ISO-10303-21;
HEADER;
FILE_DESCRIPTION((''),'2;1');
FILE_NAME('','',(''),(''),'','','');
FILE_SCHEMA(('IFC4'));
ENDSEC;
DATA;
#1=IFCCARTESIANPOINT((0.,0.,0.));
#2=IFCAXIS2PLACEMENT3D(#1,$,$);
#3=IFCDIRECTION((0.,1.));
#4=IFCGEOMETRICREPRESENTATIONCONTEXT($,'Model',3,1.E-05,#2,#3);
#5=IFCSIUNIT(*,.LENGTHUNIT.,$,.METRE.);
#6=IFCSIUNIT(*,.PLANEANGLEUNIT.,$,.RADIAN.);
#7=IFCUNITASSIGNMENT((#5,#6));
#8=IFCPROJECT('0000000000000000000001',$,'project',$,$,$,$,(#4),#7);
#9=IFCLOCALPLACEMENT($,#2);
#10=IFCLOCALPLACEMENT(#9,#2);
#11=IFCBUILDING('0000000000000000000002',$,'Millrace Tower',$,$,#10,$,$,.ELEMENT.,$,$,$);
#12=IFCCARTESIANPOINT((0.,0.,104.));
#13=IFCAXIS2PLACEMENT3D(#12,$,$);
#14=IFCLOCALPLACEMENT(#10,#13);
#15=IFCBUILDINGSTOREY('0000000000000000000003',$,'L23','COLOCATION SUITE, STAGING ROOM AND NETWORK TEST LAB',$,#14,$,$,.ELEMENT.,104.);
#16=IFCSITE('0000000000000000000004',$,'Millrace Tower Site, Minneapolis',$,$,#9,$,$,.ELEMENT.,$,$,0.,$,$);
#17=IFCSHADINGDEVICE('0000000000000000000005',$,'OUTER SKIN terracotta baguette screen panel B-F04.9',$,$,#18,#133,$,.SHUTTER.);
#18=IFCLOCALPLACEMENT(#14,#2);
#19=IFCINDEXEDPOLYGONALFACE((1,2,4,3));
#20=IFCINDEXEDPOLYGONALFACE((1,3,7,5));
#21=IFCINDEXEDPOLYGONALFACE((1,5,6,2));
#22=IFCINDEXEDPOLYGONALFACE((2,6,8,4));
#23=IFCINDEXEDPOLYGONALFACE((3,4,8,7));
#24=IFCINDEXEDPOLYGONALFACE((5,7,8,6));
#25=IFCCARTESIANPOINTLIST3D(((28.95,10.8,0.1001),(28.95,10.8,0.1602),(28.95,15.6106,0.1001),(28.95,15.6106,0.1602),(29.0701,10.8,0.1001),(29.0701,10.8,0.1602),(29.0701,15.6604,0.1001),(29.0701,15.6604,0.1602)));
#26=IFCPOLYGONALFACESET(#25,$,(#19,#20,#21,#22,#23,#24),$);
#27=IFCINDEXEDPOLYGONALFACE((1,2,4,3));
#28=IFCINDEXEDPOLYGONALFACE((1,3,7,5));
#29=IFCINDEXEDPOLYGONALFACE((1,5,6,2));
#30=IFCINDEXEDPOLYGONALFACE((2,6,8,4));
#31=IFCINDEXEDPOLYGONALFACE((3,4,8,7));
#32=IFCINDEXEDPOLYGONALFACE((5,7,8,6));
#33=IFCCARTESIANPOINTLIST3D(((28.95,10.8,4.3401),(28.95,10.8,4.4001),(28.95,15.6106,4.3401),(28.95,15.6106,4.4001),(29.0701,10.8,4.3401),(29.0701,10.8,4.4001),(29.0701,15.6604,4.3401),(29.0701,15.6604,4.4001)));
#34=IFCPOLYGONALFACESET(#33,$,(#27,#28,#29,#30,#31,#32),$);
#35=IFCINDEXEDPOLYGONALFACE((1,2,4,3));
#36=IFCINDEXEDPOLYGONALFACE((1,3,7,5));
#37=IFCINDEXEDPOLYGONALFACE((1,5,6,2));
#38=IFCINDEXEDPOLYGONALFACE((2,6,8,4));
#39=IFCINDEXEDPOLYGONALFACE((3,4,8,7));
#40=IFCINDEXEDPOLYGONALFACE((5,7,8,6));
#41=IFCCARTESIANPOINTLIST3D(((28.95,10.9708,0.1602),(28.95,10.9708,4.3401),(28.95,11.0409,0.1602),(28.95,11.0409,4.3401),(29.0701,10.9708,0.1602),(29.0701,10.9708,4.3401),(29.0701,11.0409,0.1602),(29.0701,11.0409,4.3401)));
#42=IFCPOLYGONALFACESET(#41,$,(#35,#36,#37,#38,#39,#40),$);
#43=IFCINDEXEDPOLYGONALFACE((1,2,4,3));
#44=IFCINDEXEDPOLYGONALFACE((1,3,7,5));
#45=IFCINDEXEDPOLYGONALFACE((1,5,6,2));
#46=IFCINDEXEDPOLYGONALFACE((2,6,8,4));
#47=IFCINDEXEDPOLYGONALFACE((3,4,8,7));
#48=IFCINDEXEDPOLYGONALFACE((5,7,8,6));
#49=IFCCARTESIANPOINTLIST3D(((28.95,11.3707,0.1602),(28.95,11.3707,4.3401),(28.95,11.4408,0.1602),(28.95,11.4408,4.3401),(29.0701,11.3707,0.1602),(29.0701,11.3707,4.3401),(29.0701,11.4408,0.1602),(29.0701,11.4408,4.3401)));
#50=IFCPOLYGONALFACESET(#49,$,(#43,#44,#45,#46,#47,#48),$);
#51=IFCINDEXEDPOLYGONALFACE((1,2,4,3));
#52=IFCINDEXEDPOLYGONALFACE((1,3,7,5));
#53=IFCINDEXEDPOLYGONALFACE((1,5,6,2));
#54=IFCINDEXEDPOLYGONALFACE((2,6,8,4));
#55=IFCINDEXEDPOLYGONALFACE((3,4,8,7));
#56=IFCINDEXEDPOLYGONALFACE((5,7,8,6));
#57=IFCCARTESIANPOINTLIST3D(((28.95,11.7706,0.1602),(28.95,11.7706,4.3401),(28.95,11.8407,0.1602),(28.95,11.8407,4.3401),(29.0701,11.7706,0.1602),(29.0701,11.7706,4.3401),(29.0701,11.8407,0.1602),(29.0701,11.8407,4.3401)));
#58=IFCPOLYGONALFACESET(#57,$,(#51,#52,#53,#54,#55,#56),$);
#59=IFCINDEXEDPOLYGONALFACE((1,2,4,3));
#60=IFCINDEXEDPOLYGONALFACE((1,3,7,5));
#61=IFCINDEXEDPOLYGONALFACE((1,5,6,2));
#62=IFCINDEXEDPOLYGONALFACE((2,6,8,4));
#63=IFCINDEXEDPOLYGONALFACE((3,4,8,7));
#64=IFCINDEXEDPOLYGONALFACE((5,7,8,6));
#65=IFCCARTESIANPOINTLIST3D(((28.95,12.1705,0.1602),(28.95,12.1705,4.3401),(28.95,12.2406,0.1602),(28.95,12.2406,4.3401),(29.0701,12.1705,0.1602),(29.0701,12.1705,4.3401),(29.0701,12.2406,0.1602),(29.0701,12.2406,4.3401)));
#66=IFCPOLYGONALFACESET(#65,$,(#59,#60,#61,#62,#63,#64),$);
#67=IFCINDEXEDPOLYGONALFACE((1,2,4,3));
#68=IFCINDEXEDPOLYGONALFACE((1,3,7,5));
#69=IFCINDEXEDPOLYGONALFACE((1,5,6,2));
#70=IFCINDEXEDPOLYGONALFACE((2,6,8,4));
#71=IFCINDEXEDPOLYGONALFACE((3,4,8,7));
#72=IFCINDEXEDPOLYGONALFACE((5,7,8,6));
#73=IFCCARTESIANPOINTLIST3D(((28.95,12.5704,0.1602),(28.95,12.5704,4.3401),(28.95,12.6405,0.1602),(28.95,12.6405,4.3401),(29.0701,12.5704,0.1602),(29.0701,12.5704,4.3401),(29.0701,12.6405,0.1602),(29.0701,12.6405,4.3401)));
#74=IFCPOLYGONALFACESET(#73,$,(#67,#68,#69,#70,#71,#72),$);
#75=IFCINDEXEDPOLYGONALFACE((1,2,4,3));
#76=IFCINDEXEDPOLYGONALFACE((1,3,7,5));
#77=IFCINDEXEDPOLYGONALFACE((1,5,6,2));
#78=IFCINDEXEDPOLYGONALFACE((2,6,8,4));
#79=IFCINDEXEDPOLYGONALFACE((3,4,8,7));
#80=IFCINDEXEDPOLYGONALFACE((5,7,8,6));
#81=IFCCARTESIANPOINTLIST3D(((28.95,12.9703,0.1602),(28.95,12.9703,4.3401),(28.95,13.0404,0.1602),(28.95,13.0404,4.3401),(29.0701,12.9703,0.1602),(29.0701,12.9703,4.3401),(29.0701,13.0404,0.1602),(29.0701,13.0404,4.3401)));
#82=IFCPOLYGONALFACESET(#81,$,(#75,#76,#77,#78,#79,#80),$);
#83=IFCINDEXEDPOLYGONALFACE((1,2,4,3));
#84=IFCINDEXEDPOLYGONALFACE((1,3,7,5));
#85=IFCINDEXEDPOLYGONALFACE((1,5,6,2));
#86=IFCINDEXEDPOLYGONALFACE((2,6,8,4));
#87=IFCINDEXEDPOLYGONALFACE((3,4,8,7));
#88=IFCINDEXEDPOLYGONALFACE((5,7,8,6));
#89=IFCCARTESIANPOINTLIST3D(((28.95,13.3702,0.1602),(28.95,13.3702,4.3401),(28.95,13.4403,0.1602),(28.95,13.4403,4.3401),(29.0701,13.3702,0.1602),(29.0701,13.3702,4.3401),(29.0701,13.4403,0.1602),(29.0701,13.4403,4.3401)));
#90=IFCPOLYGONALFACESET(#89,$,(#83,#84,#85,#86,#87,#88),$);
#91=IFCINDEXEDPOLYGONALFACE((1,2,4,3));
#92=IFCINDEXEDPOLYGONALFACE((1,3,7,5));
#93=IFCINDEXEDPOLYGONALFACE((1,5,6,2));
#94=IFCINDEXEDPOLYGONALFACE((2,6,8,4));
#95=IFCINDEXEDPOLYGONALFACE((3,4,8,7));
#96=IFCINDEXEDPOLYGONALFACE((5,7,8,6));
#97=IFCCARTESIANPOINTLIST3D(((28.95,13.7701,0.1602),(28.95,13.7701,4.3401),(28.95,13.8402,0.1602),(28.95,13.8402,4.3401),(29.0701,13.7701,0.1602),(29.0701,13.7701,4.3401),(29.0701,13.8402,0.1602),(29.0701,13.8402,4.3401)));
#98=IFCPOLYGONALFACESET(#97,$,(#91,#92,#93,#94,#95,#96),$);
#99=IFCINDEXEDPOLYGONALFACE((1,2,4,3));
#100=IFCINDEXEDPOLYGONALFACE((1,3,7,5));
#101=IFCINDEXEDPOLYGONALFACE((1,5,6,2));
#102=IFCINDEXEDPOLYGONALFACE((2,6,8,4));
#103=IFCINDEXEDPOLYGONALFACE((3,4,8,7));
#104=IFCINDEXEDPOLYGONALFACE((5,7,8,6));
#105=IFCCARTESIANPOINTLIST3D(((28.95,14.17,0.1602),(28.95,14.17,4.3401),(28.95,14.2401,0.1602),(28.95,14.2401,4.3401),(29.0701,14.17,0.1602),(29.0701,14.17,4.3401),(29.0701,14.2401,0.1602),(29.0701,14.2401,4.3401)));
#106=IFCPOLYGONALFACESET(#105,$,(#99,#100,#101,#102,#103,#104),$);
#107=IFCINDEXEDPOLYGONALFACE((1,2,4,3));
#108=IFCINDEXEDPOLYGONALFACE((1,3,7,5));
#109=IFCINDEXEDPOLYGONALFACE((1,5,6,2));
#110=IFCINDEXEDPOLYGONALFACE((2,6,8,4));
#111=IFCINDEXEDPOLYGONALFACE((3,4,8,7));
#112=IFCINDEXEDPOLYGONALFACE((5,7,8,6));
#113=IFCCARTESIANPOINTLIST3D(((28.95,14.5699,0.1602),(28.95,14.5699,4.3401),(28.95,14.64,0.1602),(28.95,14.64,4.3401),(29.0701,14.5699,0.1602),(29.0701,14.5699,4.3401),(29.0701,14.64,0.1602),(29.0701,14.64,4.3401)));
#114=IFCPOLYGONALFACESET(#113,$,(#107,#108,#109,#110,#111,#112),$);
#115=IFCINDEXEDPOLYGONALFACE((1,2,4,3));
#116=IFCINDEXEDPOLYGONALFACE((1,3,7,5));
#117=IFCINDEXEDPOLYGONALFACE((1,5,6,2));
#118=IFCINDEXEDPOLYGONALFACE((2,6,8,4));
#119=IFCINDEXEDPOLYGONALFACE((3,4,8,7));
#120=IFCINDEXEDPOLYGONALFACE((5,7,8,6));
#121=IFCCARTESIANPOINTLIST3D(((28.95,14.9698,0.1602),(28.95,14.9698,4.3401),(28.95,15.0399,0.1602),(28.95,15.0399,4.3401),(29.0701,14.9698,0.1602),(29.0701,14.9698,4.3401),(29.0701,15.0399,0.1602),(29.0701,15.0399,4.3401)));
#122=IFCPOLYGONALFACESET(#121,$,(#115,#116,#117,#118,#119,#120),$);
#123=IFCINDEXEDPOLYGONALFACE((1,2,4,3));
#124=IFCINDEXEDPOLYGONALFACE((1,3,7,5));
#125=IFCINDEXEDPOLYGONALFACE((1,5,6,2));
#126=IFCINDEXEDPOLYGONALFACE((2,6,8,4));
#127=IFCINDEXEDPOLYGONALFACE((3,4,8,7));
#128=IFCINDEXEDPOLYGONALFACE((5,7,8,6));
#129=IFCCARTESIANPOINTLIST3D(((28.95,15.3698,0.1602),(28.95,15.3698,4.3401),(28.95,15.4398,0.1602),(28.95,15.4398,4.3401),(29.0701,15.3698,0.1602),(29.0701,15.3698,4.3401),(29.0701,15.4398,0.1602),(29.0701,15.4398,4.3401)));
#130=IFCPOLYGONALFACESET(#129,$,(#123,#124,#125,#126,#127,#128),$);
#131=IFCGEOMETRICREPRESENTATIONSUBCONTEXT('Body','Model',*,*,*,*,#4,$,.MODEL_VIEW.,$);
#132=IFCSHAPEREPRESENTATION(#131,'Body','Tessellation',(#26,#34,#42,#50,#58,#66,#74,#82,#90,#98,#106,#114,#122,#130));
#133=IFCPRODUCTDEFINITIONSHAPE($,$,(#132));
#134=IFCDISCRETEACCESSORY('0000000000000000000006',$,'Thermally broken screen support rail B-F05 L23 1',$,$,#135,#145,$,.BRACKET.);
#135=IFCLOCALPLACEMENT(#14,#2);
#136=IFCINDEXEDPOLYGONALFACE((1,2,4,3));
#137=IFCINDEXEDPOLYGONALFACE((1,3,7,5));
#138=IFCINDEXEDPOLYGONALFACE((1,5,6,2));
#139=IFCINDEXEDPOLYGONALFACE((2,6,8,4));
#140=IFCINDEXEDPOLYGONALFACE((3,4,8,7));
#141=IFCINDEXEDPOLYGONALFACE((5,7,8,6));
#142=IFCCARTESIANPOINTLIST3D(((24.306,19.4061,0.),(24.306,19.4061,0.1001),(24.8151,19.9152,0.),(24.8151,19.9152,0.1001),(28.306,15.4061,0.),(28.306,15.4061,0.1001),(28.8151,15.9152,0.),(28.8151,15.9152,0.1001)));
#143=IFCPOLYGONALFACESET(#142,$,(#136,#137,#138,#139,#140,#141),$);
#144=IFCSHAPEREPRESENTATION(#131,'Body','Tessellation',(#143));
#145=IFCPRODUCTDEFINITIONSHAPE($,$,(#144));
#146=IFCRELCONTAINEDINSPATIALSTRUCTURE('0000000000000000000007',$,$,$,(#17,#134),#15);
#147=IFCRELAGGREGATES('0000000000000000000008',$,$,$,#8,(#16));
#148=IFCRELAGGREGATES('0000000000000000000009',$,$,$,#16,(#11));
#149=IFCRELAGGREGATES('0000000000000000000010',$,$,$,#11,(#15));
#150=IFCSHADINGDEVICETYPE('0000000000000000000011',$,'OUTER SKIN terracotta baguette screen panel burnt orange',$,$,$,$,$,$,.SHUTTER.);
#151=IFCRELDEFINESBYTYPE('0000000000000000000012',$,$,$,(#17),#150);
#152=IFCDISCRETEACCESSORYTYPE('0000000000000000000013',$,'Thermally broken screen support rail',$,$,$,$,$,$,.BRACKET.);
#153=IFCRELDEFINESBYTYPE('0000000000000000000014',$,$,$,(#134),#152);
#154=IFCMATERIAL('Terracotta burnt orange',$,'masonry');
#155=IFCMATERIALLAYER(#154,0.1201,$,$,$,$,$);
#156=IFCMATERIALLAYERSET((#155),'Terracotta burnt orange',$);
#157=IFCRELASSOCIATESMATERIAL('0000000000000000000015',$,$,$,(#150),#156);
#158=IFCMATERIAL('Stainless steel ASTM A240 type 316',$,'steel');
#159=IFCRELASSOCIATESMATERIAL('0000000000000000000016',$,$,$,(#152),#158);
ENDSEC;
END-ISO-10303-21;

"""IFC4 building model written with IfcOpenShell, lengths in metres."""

from ifc_helpers import new_model, entity, si_unit, direction, frame, frame_2d, origin, origin_2d, place, context, subcontext, project, spatial, rectangle, extrude, source, transform, mapped, material, layer, layer_set, type_object, element, save


model = new_model("IFC4")

# Units and contexts
model_context = context("Model", 3, precision=1e-05, world=origin(), true_north=direction((0.0, 1.0)))
body_context = subcontext(model_context, "Body", "Model", "MODEL_VIEW")
ifc_project = project(units=[si_unit("LENGTHUNIT", "METRE"), si_unit("PLANEANGLEUNIT", "RADIAN")], contexts=[model_context])

# Site, building, storey
site_placement = place(None, origin())
site = spatial("IfcSite", under=ifc_project, at=site_placement, Name="Millrace Tower Site, Minneapolis", CompositionType="ELEMENT", RefElevation=0.0)
building_placement = place(site_placement, origin())
building = spatial("IfcBuilding", under=site, at=building_placement, Name="Millrace Tower", CompositionType="ELEMENT")
storey_placement = place(building_placement, frame((0.0, 0.0, 104.0)))
storey = spatial("IfcBuildingStorey", under=building, at=storey_placement, Name="L23", Description="COLOCATION SUITE, STAGING ROOM AND NETWORK TEST LAB", CompositionType="ELEMENT", Elevation=104.0)

# Shading device
ifc_material_1 = material(Name="Terracotta burnt orange", Category="masonry")
ifc_layer_1 = layer(ifc_material_1, 0.1201)
ifc_layer_set_1 = layer_set([ifc_layer_1], Name="Terracotta burnt orange")
shading_device_type = type_object("IfcShadingDeviceType", Name="OUTER SKIN terracotta baguette screen panel burnt orange", PredefinedType="SHUTTER", material=ifc_layer_set_1)
cartesian_point_1 = entity("IfcCartesianPoint", [-2.4177, 0.0601])
shared_polyline_1 = entity("IfcPolyline", [cartesian_point_1, entity("IfcCartesianPoint", [2.3928, 0.0601]), entity("IfcCartesianPoint", [2.4426, -0.0601]), entity("IfcCartesianPoint", [-2.4177, -0.0601]), cartesian_point_1])
shared_shape_1 = source(origin(), body_context, "Body", "SweptSolid", [
    entity("IfcExtrudedAreaSolid", entity("IfcArbitraryClosedProfileDef", "AREA", None, shared_polyline_1), entity("IfcAxis2Placement3D", entity("IfcCartesianPoint", [0.0, 0.0, 0.0])), entity("IfcDirection", [0.0, 0.0, 1.0]), 0.0601),
    entity("IfcExtrudedAreaSolid", entity("IfcArbitraryClosedProfileDef", "AREA", None, shared_polyline_1), entity("IfcAxis2Placement3D", entity("IfcCartesianPoint", [0.0, 0.0, 4.24])), entity("IfcDirection", [0.0, 0.0, 1.0]), 0.0601),
    extrude(rectangle(XDim=0.0701, YDim=0.1201, at=frame_2d((-2.2119, 0.0))), frame((0.0, 0.0, 0.0601)), (0.0, 0.0, 1.0), 4.1799),
    extrude(rectangle(XDim=0.0701, YDim=0.1201, at=frame_2d((-1.812, 0.0))), frame((0.0, 0.0, 0.0601)), (0.0, 0.0, 1.0), 4.1799),
    extrude(rectangle(XDim=0.0701, YDim=0.1201, at=frame_2d((-1.4121, 0.0))), frame((0.0, 0.0, 0.0601)), (0.0, 0.0, 1.0), 4.1799),
    extrude(rectangle(XDim=0.0701, YDim=0.1201, at=frame_2d((-1.0122, 0.0))), frame((0.0, 0.0, 0.0601)), (0.0, 0.0, 1.0), 4.1799),
    extrude(rectangle(XDim=0.0701, YDim=0.1201, at=frame_2d((-0.6123, 0.0))), frame((0.0, 0.0, 0.0601)), (0.0, 0.0, 1.0), 4.1799),
    extrude(rectangle(XDim=0.0701, YDim=0.1201, at=frame_2d((-0.2124, 0.0))), frame((0.0, 0.0, 0.0601)), (0.0, 0.0, 1.0), 4.1799),
    extrude(rectangle(XDim=0.0701, YDim=0.1201, at=frame_2d((0.1875, 0.0))), frame((0.0, 0.0, 0.0601)), (0.0, 0.0, 1.0), 4.1799),
    extrude(rectangle(XDim=0.0701, YDim=0.1201, at=frame_2d((0.5874, 0.0))), frame((0.0, 0.0, 0.0601)), (0.0, 0.0, 1.0), 4.1799),
    extrude(rectangle(XDim=0.0701, YDim=0.1201, at=frame_2d((0.9873, 0.0))), frame((0.0, 0.0, 0.0601)), (0.0, 0.0, 1.0), 4.1799),
    extrude(rectangle(XDim=0.0701, YDim=0.1201, at=frame_2d((1.3872, 0.0))), frame((0.0, 0.0, 0.0601)), (0.0, 0.0, 1.0), 4.1799),
    extrude(rectangle(XDim=0.0701, YDim=0.1201, at=frame_2d((1.7871, 0.0))), frame((0.0, 0.0, 0.0601)), (0.0, 0.0, 1.0), 4.1799),
    extrude(rectangle(XDim=0.0701, YDim=0.1201, at=frame_2d((2.187, 0.0))), frame((0.0, 0.0, 0.0601)), (0.0, 0.0, 1.0), 4.1799),
])
shading_device_1_placement = place(storey_placement, frame((29.01, 13.2178, 0.1001), z_axis=(0.0, 0.0, 1.0), x_axis=(0.0, 1.0, 0.0)))
element("IfcShadingDevice", 1, at=shading_device_1_placement, inside=storey, type_object=shading_device_type, Name="OUTER SKIN terracotta baguette screen panel B-F04.9", PredefinedType="SHUTTER", context=body_context, shape_type="MappedRepresentation", body=[
    mapped(shared_shape_1, transform((0.0, 0.0, 0.0), scale=1.0)),
])

# Discrete accessory
ifc_material_2 = material(Name="Stainless steel ASTM A240 type 316", Category="steel")
discrete_accessory_type = type_object("IfcDiscreteAccessoryType", Name="Thermally broken screen support rail", PredefinedType="BRACKET", material=ifc_material_2)
discrete_accessory_placement = place(storey_placement, frame((26.5605, 17.6606, 0.0), z_axis=(0.0, 0.0, 1.0), x_axis=(-0.707107, 0.707107, 0.0)))
element("IfcDiscreteAccessory", 2, at=discrete_accessory_placement, inside=storey, type_object=discrete_accessory_type, Name="Thermally broken screen support rail B-F05 L23 1", PredefinedType="BRACKET", context=body_context, shape_type="SweptSolid", body=[
    extrude(rectangle(XDim=5.6567, YDim=0.72, at=origin_2d()), origin(), (0.0, 0.0, 1.0), 0.1001),
])

save(model, "model.ifc")
